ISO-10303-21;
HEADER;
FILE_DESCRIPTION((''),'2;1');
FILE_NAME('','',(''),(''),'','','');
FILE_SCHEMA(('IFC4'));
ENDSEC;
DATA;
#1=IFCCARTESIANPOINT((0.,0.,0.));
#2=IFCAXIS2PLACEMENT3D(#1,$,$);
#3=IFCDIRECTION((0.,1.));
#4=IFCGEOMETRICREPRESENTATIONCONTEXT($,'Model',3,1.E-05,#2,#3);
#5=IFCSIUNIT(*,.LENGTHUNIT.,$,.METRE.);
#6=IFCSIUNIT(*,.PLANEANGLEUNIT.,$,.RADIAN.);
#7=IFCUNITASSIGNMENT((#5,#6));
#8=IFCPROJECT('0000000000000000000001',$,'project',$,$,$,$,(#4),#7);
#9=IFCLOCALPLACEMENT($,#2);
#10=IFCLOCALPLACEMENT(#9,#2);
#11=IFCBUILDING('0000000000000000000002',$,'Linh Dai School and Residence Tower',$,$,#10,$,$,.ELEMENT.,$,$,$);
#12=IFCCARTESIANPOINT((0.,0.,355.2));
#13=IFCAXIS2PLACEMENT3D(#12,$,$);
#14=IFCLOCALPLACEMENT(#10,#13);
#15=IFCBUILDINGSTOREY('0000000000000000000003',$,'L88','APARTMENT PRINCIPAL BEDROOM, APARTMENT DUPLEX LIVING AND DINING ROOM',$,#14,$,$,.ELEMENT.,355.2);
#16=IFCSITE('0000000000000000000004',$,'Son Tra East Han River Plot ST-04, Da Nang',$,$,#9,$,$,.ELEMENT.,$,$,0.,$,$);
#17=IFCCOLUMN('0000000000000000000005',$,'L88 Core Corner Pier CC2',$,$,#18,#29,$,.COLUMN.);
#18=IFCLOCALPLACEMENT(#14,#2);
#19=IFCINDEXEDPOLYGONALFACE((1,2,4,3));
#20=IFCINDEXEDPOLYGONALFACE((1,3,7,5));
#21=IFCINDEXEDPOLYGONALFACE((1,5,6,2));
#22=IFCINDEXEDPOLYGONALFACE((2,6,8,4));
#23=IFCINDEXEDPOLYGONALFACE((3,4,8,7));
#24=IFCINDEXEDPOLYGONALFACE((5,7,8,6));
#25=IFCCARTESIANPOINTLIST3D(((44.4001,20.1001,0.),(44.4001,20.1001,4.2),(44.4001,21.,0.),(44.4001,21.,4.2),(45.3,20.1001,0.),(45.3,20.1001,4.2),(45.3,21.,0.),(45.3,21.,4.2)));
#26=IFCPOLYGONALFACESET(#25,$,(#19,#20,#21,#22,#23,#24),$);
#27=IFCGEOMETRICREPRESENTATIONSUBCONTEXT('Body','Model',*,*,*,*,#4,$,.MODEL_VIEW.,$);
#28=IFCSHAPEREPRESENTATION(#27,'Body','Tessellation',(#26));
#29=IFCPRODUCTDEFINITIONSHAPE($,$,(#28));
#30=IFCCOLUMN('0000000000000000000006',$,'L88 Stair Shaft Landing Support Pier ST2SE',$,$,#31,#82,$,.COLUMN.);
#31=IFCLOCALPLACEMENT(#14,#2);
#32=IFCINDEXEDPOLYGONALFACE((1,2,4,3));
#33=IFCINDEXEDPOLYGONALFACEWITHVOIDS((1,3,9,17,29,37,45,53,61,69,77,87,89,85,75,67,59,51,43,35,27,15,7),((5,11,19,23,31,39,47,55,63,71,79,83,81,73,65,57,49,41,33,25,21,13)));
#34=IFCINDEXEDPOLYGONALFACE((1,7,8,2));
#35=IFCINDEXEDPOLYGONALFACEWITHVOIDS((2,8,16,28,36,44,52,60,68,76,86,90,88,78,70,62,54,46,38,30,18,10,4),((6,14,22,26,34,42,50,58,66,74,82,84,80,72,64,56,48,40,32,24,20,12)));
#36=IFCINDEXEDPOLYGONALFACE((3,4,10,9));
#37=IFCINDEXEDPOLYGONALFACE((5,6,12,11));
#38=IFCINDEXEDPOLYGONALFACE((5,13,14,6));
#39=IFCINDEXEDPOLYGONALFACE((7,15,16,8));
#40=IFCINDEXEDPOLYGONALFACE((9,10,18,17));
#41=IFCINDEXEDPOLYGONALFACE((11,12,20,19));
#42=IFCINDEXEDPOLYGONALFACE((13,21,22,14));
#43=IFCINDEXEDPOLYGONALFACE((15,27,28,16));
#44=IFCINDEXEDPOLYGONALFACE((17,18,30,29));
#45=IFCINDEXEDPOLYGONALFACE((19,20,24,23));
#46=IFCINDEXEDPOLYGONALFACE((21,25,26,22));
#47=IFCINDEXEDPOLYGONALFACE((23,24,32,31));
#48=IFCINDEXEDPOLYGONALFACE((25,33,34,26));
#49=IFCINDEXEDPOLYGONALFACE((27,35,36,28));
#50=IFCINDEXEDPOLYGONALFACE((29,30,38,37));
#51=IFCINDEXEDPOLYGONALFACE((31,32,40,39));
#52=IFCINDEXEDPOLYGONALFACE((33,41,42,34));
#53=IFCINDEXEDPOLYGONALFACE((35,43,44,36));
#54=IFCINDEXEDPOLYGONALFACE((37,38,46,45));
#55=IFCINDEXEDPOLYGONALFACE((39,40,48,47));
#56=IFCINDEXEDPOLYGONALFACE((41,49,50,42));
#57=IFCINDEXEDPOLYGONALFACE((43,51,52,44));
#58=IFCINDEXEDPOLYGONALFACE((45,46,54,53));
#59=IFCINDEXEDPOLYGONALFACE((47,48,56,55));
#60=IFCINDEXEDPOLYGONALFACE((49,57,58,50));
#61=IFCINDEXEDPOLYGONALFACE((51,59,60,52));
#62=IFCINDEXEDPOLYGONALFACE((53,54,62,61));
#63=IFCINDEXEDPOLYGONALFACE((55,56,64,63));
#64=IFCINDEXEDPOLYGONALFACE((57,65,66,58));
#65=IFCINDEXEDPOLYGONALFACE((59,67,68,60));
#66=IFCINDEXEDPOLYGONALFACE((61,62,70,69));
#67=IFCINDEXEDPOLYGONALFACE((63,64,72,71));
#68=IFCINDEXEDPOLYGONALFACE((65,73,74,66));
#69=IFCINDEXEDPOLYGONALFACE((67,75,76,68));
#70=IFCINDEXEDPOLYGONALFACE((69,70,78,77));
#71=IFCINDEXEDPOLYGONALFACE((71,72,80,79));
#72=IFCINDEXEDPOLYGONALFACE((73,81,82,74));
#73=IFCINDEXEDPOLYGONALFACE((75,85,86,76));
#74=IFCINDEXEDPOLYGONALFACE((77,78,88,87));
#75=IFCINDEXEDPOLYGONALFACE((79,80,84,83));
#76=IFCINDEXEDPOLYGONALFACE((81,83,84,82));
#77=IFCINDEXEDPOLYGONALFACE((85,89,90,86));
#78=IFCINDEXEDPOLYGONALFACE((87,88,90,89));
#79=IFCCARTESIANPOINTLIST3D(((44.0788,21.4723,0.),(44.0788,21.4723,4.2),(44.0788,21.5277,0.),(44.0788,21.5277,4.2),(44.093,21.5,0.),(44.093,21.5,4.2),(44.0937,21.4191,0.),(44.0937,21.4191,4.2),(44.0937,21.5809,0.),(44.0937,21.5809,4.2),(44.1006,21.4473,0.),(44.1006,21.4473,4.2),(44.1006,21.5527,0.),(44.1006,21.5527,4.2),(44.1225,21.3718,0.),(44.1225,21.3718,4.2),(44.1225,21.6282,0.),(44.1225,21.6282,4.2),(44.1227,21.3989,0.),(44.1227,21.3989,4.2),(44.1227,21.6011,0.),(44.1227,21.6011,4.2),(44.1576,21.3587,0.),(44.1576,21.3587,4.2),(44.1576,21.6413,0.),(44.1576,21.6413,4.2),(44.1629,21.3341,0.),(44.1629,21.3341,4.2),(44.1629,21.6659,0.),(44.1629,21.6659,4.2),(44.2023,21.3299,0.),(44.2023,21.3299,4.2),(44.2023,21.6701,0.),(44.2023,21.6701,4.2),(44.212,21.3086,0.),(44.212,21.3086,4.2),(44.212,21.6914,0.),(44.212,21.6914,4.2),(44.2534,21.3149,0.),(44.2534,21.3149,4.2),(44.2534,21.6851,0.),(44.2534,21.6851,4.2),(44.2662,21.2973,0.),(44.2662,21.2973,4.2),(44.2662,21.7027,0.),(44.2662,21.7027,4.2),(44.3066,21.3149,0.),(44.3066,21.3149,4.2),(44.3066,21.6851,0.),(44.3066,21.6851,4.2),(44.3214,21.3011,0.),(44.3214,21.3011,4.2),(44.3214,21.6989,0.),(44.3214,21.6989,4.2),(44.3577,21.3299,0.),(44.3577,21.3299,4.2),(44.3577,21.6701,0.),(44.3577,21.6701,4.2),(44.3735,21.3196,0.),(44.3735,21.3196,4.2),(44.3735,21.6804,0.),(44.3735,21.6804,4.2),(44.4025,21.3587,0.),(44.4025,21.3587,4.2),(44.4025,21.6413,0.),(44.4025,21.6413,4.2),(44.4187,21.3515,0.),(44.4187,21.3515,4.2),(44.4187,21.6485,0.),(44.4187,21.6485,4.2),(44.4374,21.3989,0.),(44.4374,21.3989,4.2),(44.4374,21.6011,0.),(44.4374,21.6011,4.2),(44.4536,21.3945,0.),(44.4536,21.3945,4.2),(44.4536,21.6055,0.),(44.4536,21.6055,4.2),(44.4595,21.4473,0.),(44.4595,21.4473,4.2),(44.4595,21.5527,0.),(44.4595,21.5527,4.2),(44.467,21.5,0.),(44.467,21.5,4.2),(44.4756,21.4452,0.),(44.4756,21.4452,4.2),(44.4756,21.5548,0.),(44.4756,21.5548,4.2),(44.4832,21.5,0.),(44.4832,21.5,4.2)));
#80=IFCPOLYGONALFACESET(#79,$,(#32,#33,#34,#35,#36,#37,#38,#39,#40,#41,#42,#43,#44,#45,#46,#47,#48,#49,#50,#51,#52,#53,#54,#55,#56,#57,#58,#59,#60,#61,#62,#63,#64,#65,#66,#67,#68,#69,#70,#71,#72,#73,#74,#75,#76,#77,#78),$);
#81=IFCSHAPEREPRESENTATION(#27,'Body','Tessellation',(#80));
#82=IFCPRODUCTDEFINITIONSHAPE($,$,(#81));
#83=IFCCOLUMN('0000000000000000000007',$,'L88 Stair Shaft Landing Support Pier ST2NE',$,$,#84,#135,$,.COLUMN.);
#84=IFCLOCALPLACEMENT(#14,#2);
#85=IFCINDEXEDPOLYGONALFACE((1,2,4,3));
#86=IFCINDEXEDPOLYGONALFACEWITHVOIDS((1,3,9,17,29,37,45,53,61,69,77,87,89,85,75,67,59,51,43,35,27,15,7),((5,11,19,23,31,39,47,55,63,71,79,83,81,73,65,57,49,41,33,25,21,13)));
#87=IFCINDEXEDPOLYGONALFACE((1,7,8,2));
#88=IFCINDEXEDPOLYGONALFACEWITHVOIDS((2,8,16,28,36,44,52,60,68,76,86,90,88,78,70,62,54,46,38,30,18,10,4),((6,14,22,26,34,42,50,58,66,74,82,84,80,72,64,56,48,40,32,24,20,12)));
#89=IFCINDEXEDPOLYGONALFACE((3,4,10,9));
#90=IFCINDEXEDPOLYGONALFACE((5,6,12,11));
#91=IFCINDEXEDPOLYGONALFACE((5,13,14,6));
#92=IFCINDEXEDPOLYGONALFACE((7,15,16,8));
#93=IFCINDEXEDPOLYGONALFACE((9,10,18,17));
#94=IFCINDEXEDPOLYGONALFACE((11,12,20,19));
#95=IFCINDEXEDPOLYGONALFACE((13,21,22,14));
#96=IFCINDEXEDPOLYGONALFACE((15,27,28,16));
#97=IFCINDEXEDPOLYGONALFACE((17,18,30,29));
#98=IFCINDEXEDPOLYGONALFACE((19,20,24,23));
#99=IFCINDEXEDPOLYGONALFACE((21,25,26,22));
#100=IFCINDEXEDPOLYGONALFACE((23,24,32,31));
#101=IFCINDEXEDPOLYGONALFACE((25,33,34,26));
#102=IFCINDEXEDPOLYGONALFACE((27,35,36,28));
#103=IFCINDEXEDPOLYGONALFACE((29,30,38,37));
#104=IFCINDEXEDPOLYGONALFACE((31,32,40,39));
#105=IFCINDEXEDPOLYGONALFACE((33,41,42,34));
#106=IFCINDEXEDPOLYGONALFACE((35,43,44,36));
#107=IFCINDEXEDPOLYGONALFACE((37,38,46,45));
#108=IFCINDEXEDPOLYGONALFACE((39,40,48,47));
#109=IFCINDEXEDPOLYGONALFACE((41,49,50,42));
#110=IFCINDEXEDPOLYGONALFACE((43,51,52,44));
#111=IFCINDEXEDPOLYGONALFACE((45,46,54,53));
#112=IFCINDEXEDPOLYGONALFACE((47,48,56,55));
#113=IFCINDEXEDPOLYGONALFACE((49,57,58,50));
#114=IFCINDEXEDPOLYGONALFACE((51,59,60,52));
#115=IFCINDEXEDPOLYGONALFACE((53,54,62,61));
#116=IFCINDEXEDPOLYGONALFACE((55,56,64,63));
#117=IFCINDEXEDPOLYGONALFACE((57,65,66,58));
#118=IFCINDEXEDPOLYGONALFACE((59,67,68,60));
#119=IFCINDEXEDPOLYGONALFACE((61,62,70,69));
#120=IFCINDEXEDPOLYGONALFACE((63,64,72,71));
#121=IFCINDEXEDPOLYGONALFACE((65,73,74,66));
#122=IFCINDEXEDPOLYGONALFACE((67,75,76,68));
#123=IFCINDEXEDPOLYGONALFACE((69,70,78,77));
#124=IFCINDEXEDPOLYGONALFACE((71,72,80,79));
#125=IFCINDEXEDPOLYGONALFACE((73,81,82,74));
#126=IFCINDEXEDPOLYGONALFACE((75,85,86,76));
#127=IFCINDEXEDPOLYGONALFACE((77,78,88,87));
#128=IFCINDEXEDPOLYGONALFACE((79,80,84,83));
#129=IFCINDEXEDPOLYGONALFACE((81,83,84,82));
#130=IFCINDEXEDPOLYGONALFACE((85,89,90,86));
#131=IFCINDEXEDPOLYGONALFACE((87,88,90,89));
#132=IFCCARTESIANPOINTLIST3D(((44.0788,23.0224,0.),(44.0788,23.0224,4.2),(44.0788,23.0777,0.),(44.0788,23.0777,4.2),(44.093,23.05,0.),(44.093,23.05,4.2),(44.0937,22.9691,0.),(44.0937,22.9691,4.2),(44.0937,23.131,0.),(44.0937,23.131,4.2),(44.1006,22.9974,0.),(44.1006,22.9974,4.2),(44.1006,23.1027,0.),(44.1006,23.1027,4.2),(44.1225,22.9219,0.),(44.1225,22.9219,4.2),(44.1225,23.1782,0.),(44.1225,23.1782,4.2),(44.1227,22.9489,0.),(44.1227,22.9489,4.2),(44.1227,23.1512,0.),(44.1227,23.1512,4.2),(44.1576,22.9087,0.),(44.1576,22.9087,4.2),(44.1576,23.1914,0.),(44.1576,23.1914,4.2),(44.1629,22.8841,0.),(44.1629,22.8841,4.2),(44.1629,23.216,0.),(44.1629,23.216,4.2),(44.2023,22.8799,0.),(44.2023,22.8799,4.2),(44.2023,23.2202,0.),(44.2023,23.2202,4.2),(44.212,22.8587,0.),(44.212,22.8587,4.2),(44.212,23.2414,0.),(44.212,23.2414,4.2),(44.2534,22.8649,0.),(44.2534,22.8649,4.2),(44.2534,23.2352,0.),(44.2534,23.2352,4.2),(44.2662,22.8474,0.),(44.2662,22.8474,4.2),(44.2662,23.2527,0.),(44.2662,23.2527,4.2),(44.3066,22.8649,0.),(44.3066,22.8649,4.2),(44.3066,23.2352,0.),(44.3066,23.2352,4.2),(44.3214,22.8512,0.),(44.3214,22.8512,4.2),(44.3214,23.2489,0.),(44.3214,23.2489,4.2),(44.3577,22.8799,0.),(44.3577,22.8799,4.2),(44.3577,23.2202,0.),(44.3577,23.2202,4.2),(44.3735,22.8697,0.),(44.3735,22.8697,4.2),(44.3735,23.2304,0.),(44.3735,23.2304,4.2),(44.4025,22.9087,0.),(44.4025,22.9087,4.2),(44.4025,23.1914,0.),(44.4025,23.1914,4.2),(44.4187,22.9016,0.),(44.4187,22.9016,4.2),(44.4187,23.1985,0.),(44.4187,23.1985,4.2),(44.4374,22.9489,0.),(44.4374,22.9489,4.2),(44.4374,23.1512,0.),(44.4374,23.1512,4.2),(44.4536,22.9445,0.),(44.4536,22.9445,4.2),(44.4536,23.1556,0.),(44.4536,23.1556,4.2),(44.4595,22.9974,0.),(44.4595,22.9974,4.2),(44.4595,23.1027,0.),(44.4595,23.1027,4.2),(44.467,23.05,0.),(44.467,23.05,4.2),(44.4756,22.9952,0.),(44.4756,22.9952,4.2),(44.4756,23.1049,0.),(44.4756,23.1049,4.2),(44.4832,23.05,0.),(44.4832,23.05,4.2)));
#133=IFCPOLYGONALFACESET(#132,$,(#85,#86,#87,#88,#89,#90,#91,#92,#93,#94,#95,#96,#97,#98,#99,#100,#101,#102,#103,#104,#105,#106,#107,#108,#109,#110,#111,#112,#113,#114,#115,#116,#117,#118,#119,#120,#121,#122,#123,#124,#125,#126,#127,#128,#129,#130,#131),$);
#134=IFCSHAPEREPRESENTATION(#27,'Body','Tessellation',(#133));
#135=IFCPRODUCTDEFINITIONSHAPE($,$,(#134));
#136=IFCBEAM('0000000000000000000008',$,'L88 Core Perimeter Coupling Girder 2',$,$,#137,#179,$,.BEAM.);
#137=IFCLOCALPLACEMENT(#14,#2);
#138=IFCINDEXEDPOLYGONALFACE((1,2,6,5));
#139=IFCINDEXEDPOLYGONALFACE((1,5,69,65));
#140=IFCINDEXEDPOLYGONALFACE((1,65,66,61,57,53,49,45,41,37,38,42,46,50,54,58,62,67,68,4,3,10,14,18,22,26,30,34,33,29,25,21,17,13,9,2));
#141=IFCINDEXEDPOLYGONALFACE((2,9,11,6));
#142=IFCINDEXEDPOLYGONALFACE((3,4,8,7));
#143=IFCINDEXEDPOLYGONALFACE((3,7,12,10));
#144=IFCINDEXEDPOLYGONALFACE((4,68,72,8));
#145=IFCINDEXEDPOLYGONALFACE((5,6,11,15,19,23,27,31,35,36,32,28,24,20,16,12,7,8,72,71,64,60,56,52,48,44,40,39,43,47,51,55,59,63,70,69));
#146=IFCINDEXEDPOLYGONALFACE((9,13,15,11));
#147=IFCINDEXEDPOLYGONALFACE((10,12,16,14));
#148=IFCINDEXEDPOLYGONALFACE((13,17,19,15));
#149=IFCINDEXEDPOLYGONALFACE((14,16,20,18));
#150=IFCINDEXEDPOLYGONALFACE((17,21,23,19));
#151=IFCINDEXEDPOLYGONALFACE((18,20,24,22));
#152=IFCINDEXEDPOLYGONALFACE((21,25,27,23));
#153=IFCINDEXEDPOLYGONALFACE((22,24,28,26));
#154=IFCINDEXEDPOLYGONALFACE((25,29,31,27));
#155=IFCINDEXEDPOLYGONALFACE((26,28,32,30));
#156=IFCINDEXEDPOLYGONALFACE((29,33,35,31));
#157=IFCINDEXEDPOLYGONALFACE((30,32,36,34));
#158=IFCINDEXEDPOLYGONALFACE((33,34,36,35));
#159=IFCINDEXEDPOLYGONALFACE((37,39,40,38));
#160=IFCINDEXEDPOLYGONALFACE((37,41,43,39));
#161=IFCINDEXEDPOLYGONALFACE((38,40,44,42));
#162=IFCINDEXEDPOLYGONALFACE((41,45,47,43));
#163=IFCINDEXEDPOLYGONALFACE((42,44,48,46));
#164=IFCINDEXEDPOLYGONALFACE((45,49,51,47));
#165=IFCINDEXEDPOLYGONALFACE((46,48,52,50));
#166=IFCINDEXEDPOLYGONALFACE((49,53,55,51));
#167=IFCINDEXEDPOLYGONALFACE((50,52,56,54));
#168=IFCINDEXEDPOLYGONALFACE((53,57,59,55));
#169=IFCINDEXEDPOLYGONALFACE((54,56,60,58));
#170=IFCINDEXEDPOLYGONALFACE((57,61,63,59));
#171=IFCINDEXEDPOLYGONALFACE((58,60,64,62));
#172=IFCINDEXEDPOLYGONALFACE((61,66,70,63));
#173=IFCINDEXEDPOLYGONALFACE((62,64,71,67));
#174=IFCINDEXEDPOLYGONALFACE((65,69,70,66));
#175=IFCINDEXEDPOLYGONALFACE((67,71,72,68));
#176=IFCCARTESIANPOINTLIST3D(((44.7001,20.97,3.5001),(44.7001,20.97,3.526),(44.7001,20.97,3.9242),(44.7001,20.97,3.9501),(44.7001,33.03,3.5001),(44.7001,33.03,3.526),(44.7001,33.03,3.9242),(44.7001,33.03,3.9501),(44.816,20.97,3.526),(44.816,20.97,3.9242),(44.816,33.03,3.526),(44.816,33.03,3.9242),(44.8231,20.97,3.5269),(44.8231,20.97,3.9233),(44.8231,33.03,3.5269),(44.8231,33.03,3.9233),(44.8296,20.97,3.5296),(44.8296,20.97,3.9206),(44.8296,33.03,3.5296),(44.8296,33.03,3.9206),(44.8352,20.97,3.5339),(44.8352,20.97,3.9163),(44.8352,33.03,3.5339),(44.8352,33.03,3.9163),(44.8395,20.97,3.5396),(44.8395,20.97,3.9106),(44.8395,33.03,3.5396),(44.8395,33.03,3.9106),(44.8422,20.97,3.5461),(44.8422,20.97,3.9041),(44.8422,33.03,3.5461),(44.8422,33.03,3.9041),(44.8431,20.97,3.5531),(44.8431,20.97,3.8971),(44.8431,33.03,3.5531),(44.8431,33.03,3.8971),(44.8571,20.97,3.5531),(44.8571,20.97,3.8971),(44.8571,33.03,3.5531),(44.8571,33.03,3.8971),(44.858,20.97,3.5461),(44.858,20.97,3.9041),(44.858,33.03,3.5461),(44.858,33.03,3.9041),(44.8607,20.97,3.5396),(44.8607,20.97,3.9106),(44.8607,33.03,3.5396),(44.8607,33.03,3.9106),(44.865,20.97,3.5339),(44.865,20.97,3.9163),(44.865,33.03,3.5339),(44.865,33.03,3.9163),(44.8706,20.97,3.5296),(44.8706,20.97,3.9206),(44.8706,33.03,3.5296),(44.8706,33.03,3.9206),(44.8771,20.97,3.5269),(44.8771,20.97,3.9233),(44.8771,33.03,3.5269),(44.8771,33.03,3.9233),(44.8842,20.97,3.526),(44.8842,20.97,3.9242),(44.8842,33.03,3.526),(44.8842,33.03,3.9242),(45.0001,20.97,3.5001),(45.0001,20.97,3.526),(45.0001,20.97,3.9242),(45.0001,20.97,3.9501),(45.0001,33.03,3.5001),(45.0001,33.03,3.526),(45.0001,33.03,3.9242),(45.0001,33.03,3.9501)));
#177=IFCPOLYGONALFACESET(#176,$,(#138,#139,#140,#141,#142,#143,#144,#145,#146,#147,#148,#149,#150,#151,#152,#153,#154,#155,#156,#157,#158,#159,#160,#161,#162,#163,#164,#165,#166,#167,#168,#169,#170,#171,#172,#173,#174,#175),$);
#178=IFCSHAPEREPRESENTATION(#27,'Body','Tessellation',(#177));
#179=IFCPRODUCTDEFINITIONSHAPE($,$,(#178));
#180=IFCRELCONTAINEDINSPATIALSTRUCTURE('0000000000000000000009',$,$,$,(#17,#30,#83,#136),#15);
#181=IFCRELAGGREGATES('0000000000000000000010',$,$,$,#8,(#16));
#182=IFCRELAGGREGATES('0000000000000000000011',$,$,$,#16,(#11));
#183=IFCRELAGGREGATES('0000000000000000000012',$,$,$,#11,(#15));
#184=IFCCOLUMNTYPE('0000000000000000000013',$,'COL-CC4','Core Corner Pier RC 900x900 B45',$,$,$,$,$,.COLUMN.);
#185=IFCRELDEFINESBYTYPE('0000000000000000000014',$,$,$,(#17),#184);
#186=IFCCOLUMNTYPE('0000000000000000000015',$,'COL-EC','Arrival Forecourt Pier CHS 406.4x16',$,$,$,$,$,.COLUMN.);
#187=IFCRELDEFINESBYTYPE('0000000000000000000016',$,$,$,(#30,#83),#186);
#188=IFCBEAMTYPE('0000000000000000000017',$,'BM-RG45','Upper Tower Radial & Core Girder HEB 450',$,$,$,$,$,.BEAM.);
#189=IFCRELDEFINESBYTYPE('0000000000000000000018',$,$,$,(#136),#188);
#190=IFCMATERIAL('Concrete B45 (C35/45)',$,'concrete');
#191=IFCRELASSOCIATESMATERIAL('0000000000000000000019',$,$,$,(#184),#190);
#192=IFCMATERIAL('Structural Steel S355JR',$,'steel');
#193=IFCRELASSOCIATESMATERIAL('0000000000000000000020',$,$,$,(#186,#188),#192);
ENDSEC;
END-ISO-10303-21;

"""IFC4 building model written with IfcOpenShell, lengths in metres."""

from ifc_helpers import new_model, si_unit, direction, frame, origin, origin_2d, place, context, subcontext, project, spatial, rectangle, hollow_circle, i_section, extrude, material, material_profile, profile_set, type_object, element, save


model = new_model("IFC4")

# Units and contexts
model_context = context("Model", 3, precision=1e-05, world=origin(), true_north=direction((0.0, 1.0)))
body_context = subcontext(model_context, "Body", "Model", "MODEL_VIEW")
ifc_project = project(units=[si_unit("LENGTHUNIT", "METRE"), si_unit("PLANEANGLEUNIT", "RADIAN")], contexts=[model_context])

# Site, building, storey
site_placement = place(None, origin())
site = spatial("IfcSite", under=ifc_project, at=site_placement, Name="Son Tra East Han River Plot ST-04, Da Nang", CompositionType="ELEMENT", RefElevation=0.0)
building_placement = place(site_placement, origin())
building = spatial("IfcBuilding", under=site, at=building_placement, Name="Linh Dai School and Residence Tower", CompositionType="ELEMENT")
storey_placement = place(building_placement, frame((0.0, 0.0, 355.2)))
storey = spatial("IfcBuildingStorey", under=building, at=storey_placement, Name="L88", Description="APARTMENT PRINCIPAL BEDROOM, APARTMENT DUPLEX LIVING AND DINING ROOM", CompositionType="ELEMENT", Elevation=355.2)

# Columns
ifc_material_1 = material(Name="Concrete B45 (C35/45)", Category="concrete")
ifc_material_profile_1 = material_profile(ifc_material_1, rectangle(XDim=0.8999, YDim=0.8999, at=origin_2d()), Name="RC 900x900")
ifc_profile_set_1 = profile_set([ifc_material_profile_1], Name="Concrete B45 (C35/45)")
column_type_1 = type_object("IfcColumnType", Name="COL-CC4", Description="Core Corner Pier RC 900x900 B45", PredefinedType="COLUMN", material=ifc_profile_set_1)
column_placement = place(storey_placement, frame((44.8501, 20.55, 0.0), z_axis=(0.0, 0.0, 1.0), x_axis=(1.0, 0.0, 0.0)))
element("IfcColumn", 1, at=column_placement, inside=storey, type_object=column_type_1, Name="L88 Core Corner Pier CC2", PredefinedType="COLUMN", context=body_context, shape_type="SweptSolid", body=[
    extrude(rectangle(XDim=0.8999, YDim=0.8999, at=origin_2d()), origin(), (0.0, 0.0, 1.0), 4.2),
])
ifc_material_2 = material(Name="Structural Steel S355JR", Category="steel")
ifc_material_profile_2 = material_profile(ifc_material_2, hollow_circle(Radius=0.2031, WallThickness=0.0161, at=origin_2d()), Name="CHS 406.4x16")
ifc_profile_set_2 = profile_set([ifc_material_profile_2], Name="Structural Steel S355JR")
column_type_2 = type_object("IfcColumnType", Name="COL-EC", Description="Arrival Forecourt Pier CHS 406.4x16", PredefinedType="COLUMN", material=ifc_profile_set_2)
for number, where, z_axis, x_axis, name in (
    (2, (44.28, 21.5, 0.0), (0.0, 0.0, 1.0), (1.0, 0.0, 0.0), "L88 Stair Shaft Landing Support Pier ST2SE"),
    (3, (44.28, 23.05, 0.0), (0.0, 0.0, 1.0), (1.0, 0.0, 0.0), "L88 Stair Shaft Landing Support Pier ST2NE"),
):
    element("IfcColumn", number, at=place(storey_placement, frame(where, z_axis=z_axis, x_axis=x_axis)), inside=storey, type_object=column_type_2, Name=name, PredefinedType="COLUMN", context=body_context, shape_type="SweptSolid", body=[
        extrude(hollow_circle(Radius=0.2031, WallThickness=0.0161, at=origin_2d()), origin(), (0.0, 0.0, 1.0), 4.2),
    ])

# Beam
ifc_material_profile_3 = material_profile(ifc_material_2, i_section(OverallWidth=0.3, OverallDepth=0.45, WebThickness=0.0139, FlangeThickness=0.0259, FilletRadius=0.0271, at=origin_2d()), Name="HEB 450")
ifc_profile_set_3 = profile_set([ifc_material_profile_3], Name="Structural Steel S355JR")
beam_type_1 = type_object("IfcBeamType", Name="BM-RG45", Description="Upper Tower Radial & Core Girder HEB 450", PredefinedType="BEAM", material=ifc_profile_set_3)
beam_1_placement = place(storey_placement, frame((44.8501, 20.97, 3.7251), z_axis=(0.0, 1.0, 0.0), x_axis=(-1.0, 0.0, 0.0)))
element("IfcBeam", 4, at=beam_1_placement, inside=storey, type_object=beam_type_1, Name="L88 Core Perimeter Coupling Girder 2", PredefinedType="BEAM", context=body_context, shape_type="SweptSolid", body=[
    extrude(i_section(OverallWidth=0.3, OverallDepth=0.45, WebThickness=0.0139, FlangeThickness=0.0259, FilletRadius=0.0271, at=origin_2d()), origin(), (0.0, 0.0, 1.0), 12.0601),
])

save(model, "model.ifc")
